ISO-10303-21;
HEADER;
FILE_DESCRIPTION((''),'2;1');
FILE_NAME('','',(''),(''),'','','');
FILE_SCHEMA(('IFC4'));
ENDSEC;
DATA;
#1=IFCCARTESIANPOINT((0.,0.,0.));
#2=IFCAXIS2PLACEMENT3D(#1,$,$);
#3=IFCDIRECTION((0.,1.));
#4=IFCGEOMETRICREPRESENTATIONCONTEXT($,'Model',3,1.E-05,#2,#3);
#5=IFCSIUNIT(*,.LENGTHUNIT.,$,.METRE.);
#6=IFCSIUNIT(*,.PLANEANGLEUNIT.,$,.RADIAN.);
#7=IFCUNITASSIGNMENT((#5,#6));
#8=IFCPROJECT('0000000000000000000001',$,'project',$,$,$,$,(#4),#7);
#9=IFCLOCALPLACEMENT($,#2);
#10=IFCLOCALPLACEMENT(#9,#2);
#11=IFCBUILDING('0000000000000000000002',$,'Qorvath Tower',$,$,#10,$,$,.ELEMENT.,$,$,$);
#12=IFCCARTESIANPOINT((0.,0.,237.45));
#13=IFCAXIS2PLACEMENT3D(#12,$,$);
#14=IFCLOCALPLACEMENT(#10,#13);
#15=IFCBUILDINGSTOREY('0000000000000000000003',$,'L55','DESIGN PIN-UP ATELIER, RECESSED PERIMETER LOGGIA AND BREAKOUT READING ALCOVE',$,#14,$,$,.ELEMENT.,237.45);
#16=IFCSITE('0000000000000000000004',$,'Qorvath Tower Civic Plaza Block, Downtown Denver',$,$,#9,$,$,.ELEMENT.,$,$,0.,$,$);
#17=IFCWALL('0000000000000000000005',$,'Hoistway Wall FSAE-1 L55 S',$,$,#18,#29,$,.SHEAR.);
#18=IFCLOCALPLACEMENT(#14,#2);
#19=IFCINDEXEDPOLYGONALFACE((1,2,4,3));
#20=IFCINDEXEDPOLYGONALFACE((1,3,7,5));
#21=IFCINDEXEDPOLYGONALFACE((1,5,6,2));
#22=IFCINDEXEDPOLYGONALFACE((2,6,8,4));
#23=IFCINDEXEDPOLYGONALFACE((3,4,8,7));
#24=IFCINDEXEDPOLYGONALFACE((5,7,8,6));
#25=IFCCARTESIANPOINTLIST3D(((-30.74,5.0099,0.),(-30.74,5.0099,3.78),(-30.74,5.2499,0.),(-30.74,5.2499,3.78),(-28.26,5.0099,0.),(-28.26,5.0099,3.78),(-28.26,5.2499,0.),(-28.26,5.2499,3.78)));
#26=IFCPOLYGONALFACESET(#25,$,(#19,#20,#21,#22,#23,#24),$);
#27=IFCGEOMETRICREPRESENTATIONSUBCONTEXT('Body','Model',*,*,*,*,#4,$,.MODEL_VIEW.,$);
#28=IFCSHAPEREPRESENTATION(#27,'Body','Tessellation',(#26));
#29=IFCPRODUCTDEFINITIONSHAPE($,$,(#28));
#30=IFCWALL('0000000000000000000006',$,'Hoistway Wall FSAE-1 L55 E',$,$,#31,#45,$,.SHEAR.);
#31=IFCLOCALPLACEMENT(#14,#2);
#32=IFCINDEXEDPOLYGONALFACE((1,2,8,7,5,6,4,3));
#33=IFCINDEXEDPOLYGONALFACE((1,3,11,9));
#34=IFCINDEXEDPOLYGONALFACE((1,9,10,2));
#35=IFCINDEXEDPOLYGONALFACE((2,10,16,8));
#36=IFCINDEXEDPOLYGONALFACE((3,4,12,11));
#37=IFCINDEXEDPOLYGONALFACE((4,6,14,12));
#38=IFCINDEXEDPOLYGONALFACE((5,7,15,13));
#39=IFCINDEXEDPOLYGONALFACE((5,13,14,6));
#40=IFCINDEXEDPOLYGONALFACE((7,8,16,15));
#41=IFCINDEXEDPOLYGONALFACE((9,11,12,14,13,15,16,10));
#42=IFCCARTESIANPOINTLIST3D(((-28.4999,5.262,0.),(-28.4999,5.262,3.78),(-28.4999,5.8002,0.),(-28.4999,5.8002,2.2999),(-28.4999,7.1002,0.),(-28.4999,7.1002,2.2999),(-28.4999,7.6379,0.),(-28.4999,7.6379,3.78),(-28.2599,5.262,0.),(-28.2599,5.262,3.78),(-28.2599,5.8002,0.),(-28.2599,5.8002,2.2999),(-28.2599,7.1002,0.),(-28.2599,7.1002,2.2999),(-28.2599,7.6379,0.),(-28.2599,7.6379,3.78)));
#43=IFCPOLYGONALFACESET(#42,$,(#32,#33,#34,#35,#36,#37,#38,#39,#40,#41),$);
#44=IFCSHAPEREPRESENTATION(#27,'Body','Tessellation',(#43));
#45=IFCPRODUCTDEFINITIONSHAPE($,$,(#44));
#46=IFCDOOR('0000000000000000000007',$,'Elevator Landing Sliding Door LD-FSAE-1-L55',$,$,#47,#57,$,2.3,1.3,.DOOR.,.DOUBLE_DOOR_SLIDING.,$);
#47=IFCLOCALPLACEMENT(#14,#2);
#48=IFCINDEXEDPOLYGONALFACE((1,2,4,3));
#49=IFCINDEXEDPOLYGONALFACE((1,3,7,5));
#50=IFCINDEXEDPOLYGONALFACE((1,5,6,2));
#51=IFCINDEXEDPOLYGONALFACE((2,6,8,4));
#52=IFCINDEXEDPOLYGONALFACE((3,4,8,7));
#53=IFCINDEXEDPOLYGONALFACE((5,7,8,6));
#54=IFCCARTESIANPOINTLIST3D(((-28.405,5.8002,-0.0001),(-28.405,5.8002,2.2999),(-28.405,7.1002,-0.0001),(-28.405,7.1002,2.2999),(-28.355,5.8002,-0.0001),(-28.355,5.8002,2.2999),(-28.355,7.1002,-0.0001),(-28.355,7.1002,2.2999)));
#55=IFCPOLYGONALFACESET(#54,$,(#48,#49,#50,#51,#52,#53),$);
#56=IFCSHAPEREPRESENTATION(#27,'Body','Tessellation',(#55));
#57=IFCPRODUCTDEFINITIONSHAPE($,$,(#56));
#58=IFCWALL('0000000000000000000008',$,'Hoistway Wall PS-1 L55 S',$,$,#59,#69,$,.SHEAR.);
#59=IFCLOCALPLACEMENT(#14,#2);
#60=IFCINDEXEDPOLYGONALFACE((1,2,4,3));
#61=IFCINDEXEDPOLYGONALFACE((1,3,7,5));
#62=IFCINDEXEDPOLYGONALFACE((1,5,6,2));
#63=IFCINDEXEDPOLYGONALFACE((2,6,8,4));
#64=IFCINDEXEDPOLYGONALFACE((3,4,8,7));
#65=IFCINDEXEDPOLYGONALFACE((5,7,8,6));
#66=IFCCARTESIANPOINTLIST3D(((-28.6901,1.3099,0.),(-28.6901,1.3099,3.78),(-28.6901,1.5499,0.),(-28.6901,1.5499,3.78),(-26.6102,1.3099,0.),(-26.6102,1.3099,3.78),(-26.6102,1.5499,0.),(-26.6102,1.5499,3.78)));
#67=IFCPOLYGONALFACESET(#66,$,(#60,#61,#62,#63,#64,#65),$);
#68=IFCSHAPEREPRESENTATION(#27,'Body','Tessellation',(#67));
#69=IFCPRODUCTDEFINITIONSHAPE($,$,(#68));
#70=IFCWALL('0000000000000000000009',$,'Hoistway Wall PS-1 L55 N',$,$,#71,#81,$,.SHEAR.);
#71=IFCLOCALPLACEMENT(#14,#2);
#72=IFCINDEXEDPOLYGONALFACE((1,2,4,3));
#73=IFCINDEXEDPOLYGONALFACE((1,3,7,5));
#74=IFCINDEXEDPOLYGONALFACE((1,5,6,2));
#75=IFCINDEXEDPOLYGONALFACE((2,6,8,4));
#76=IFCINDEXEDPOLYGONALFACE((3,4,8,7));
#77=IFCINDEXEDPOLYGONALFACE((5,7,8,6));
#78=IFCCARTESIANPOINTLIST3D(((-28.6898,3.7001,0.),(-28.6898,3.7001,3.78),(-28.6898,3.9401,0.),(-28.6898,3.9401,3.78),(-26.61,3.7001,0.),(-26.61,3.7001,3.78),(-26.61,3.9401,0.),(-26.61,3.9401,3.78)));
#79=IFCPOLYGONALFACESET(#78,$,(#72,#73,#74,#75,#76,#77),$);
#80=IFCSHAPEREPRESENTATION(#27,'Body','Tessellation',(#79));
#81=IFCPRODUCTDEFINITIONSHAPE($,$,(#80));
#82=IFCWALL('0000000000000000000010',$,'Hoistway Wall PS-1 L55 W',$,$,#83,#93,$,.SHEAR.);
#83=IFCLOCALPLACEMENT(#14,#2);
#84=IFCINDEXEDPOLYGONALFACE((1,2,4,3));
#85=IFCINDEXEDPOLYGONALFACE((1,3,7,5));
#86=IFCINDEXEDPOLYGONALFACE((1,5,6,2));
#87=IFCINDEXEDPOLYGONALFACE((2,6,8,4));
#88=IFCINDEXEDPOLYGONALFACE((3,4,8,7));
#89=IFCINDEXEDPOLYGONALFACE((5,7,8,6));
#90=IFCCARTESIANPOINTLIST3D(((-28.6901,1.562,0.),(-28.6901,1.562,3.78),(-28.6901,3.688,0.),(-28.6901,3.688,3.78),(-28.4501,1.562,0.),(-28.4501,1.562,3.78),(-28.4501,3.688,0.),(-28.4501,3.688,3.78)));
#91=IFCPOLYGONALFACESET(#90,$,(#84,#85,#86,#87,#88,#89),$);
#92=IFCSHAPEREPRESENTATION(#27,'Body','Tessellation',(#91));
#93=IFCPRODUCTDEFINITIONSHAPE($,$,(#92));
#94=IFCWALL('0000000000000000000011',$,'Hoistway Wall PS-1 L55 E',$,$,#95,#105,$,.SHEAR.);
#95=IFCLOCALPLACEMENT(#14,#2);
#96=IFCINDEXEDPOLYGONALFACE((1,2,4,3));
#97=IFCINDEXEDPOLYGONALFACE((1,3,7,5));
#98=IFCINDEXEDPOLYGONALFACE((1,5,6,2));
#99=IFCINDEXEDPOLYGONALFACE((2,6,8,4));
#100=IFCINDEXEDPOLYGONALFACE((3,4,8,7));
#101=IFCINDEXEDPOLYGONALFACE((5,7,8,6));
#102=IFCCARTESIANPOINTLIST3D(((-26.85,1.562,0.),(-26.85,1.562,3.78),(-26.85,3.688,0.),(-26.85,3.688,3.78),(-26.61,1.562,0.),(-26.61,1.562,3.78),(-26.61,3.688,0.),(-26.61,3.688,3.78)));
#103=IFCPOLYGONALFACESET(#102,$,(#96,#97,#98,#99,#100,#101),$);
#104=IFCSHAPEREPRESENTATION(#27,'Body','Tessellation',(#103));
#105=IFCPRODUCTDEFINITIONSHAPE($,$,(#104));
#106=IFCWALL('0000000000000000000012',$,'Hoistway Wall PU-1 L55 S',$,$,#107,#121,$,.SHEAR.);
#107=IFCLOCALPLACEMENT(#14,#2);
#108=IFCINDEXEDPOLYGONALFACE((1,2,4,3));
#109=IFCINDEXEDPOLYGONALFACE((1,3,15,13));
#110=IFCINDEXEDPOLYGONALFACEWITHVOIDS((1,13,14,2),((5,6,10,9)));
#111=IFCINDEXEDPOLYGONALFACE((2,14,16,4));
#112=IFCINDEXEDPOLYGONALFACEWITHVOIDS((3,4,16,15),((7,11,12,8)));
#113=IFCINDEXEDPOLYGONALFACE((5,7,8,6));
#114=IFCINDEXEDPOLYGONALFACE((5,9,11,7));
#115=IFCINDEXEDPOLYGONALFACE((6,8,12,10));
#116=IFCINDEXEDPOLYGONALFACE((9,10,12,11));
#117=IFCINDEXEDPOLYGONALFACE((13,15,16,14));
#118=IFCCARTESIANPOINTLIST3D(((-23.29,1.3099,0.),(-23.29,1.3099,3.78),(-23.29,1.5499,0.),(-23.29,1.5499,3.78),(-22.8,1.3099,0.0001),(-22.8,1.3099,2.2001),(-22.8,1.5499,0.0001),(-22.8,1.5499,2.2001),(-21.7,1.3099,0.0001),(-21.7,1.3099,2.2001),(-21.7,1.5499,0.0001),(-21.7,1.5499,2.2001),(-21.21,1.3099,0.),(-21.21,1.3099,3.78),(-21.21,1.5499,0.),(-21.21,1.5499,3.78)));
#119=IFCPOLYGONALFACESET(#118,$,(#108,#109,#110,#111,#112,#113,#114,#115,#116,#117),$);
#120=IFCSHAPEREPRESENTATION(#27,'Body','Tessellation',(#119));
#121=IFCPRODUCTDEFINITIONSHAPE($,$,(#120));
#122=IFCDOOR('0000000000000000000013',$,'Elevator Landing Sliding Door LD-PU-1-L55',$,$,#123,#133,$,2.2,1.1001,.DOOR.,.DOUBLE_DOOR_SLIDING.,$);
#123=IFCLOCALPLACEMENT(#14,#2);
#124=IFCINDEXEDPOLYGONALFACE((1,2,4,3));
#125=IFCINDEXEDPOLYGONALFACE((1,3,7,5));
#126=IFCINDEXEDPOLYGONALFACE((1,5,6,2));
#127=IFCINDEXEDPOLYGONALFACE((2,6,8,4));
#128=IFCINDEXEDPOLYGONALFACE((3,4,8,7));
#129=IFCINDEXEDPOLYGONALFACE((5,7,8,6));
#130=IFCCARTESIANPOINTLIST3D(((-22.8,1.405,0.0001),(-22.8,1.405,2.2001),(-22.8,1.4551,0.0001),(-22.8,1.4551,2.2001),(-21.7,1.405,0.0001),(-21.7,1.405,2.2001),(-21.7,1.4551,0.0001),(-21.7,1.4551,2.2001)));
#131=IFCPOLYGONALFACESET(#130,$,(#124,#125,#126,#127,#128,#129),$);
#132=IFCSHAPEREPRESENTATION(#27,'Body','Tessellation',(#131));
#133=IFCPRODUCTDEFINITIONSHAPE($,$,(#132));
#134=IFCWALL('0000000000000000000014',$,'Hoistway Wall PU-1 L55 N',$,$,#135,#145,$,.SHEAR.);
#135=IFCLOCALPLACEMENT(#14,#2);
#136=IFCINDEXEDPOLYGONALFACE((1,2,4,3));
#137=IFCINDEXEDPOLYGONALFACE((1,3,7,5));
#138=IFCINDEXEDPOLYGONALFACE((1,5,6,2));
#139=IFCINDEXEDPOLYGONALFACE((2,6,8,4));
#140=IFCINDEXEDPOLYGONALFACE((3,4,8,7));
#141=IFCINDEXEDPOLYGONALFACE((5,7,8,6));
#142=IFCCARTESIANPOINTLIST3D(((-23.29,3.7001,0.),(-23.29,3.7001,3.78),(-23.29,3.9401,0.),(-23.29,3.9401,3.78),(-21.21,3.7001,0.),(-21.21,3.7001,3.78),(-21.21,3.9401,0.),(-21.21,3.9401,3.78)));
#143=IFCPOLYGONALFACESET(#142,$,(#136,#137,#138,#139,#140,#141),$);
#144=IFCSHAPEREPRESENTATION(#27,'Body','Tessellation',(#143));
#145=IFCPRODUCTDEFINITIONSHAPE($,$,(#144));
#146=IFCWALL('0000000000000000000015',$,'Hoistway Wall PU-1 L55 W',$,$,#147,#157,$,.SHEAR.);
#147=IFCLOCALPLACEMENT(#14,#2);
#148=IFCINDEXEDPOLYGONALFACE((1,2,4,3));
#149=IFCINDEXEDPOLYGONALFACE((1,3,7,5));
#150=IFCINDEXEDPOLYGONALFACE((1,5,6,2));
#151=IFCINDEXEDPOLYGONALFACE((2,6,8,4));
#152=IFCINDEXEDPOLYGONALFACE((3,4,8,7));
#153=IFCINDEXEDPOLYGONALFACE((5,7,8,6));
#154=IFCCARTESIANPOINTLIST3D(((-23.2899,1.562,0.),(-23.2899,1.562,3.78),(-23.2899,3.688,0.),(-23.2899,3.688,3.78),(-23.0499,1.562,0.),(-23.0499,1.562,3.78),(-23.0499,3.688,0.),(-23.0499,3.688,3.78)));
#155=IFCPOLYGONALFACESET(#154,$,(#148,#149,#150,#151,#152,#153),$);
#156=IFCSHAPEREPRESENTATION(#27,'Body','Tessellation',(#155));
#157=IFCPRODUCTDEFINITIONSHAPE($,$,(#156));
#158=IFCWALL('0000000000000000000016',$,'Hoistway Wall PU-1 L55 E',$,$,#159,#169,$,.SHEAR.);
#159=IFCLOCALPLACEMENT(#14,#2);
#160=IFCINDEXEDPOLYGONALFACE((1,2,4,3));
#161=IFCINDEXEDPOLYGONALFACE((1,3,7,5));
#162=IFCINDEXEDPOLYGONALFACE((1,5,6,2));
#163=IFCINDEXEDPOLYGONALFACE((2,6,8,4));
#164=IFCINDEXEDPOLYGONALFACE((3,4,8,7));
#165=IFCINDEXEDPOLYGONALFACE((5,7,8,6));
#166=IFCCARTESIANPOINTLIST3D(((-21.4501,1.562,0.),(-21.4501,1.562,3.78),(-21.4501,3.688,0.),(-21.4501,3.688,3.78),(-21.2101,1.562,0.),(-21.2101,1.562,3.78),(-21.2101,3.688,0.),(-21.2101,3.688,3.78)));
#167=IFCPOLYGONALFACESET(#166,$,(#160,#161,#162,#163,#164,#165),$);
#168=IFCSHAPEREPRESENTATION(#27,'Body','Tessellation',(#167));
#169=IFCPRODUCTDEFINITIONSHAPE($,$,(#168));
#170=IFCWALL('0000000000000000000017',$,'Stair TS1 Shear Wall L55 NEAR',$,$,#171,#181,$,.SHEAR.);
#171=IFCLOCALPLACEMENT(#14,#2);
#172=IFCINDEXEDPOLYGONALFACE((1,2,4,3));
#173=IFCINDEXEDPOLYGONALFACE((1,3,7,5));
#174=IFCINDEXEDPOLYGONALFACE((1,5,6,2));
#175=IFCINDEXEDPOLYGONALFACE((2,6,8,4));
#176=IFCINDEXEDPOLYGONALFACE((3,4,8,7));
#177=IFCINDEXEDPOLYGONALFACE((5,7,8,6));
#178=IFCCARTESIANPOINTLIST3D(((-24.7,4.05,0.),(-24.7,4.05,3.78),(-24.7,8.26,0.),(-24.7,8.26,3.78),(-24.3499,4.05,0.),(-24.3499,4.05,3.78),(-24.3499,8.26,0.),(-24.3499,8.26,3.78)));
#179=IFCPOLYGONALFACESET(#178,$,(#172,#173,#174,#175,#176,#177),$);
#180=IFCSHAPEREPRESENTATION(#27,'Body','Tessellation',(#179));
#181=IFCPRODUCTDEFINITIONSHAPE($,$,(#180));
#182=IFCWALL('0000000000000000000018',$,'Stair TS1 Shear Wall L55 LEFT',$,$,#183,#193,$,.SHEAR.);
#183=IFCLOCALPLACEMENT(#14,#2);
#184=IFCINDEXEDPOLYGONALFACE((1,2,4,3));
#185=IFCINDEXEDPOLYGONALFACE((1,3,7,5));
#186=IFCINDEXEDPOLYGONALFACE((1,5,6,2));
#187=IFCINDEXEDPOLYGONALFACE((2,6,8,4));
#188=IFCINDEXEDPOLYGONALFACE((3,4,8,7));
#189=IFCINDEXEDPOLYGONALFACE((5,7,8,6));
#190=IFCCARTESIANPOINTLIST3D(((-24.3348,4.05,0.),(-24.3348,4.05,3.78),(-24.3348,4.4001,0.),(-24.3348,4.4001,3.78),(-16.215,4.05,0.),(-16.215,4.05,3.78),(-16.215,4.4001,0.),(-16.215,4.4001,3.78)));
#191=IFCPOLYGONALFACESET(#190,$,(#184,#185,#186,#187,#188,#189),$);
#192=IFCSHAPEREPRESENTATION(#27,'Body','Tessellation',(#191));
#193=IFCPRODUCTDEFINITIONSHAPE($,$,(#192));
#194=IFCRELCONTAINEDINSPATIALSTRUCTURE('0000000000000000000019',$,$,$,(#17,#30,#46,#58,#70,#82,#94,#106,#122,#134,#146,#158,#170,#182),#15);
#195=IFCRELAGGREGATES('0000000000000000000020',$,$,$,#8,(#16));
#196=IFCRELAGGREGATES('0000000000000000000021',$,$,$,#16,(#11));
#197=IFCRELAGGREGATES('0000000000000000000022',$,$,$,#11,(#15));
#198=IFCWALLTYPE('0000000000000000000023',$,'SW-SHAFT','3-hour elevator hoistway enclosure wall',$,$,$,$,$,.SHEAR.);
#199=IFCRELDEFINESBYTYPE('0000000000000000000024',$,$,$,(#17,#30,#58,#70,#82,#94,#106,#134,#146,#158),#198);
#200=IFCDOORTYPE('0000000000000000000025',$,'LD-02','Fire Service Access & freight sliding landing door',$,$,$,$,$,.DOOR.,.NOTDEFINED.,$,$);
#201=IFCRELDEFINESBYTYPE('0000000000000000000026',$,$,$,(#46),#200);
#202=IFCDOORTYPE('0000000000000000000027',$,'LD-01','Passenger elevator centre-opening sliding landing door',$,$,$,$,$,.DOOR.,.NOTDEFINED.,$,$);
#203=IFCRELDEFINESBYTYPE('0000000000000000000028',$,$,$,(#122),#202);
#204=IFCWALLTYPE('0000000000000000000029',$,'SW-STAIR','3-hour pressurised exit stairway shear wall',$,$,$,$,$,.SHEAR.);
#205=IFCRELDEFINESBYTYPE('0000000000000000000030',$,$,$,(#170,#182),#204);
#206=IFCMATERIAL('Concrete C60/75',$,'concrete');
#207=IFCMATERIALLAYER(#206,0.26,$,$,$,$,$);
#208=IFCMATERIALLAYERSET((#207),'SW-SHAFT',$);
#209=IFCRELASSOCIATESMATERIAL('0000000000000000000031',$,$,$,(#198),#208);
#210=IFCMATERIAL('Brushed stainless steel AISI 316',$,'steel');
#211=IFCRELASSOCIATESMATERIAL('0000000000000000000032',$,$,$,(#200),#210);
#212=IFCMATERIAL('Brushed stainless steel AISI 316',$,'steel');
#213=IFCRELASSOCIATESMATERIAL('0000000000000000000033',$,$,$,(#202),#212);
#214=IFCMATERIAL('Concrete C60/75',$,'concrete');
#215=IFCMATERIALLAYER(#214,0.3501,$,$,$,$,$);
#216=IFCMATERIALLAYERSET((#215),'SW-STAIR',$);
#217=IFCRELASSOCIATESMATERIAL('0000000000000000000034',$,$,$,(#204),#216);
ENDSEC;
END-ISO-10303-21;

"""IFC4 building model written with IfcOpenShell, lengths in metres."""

from ifc_helpers import new_model, si_unit, direction, frame, frame_2d, origin, place, context, subcontext, project, spatial, rectangle, extrude, material, layer, layer_set, type_object, element, fill, save


model = new_model("IFC4")

# Units and contexts
model_context = context("Model", 3, precision=1e-05, world=origin(), true_north=direction((0.0, 1.0)))
body_context = subcontext(model_context, "Body", "Model", "MODEL_VIEW")
ifc_project = project(units=[si_unit("LENGTHUNIT", "METRE"), si_unit("PLANEANGLEUNIT", "RADIAN")], contexts=[model_context])

# Site, building, storey
site_placement = place(None, origin())
site = spatial("IfcSite", under=ifc_project, at=site_placement, Name="Qorvath Tower Civic Plaza Block, Downtown Denver", CompositionType="ELEMENT", RefElevation=0.0)
building_placement = place(site_placement, origin())
building = spatial("IfcBuilding", under=site, at=building_placement, Name="Qorvath Tower", CompositionType="ELEMENT")
storey_placement = place(building_placement, frame((0.0, 0.0, 237.45)))
storey = spatial("IfcBuildingStorey", under=building, at=storey_placement, Name="L55", Description="DESIGN PIN-UP ATELIER, RECESSED PERIMETER LOGGIA AND BREAKOUT READING ALCOVE", CompositionType="ELEMENT", Elevation=237.45)

# Wall
ifc_material_1 = material(Name="Concrete C60/75", Category="concrete")
ifc_layer_1 = layer(ifc_material_1, 0.26)
ifc_layer_set_1 = layer_set([ifc_layer_1], Name="SW-SHAFT")
wall_type_1 = type_object("IfcWallType", Name="SW-SHAFT", Description="3-hour elevator hoistway enclosure wall", PredefinedType="SHEAR", material=ifc_layer_set_1)
wall_1_placement = place(storey_placement, frame((-28.26, 5.1299, 0.0), z_axis=(0.0, 0.0, 1.0), x_axis=(-1.0, 0.0, 0.0)))
element("IfcWall", 1, at=wall_1_placement, inside=storey, type_object=wall_type_1, Name="Hoistway Wall FSAE-1 L55 S", PredefinedType="SHEAR", context=body_context, shape_type="SweptSolid", body=[
    extrude(rectangle(XDim=2.48, YDim=0.24, at=frame_2d((1.24, 0.0))), origin(), (0.0, 0.0, 1.0), 3.78),
])

# Wall, opening, door
wall_2_placement = place(storey_placement, frame((-28.3799, 7.6379, 0.0), z_axis=(0.0, 0.0, 1.0), x_axis=(0.0, -1.0, 0.0)))
wall_2 = element("IfcWall", 2, at=wall_2_placement, inside=storey, type_object=wall_type_1, Name="Hoistway Wall FSAE-1 L55 E", PredefinedType="SHEAR", context=body_context, shape_type="SweptSolid", body=[
    extrude(rectangle(XDim=2.376, YDim=0.24, at=frame_2d((1.188, 0.0))), origin(), (0.0, 0.0, 1.0), 3.78),
])
opening_1_placement = place(wall_2_placement, frame((0.5378, 0.0, 0.0)))
opening_1 = element("IfcOpeningElement", 3, at=opening_1_placement, cuts=wall_2, PredefinedType="OPENING", context=body_context, shape_type="SweptSolid", body=[
    extrude(rectangle(XDim=1.3, YDim=2.3, at=frame_2d((0.6499, 1.1499))), frame((0.0, 0.1299, 0.0), z_axis=(0.0, -1.0, 0.0), x_axis=(1.0, 0.0, 0.0)), (0.0, 0.0, 1.0), 0.26),
])
ifc_material_2 = material(Name="Brushed stainless steel AISI 316", Category="steel")
door_type_1 = type_object("IfcDoorType", Name="LD-02", Description="Fire Service Access & freight sliding landing door", OperationType="NOTDEFINED", PredefinedType="DOOR", material=ifc_material_2)
door_1_placement = place(opening_1_placement, origin())
door_1 = element("IfcDoor", 4, at=door_1_placement, inside=storey, type_object=door_type_1, Name="Elevator Landing Sliding Door LD-FSAE-1-L55", OperationType="DOUBLE_DOOR_SLIDING", OverallHeight=2.3, OverallWidth=1.3, PredefinedType="DOOR", context=body_context, shape_type="SweptSolid", body=[
    extrude(rectangle(XDim=1.3, YDim=2.3, at=frame_2d((0.6499, 1.1499))), frame((0.0, 0.0249, 0.0), z_axis=(0.0, -1.0, 0.0), x_axis=(1.0, 0.0, 0.0)), (0.0, 0.0, 1.0), 0.05),
])
fill(opening_1, door_1)

# Walls
for number, where, z_axis, x_axis, name in (
    (5, (-26.6101, 1.4299, 0.0), (0.0, 0.0, 1.0), (-1.0, 0.0, 0.0), "Hoistway Wall PS-1 L55 S"),
    (6, (-28.6899, 3.8201, 0.0), (0.0, 0.0, 1.0), (1.0, 0.0, 0.0), "Hoistway Wall PS-1 L55 N"),
):
    element("IfcWall", number, at=place(storey_placement, frame(where, z_axis=z_axis, x_axis=x_axis)), inside=storey, type_object=wall_type_1, Name=name, PredefinedType="SHEAR", context=body_context, shape_type="SweptSolid", body=[
        extrude(rectangle(XDim=2.0798, YDim=0.24, at=frame_2d((1.04, 0.0))), origin(), (0.0, 0.0, 1.0), 3.78),
    ])
for number, where, z_axis, x_axis, name in (
    (7, (-28.5701, 1.562, 0.0), (0.0, 0.0, 1.0), (0.0, 1.0, 0.0), "Hoistway Wall PS-1 L55 W"),
    (8, (-26.73, 3.688, 0.0), (0.0, 0.0, 1.0), (0.0, -1.0, 0.0), "Hoistway Wall PS-1 L55 E"),
):
    element("IfcWall", number, at=place(storey_placement, frame(where, z_axis=z_axis, x_axis=x_axis)), inside=storey, type_object=wall_type_1, Name=name, PredefinedType="SHEAR", context=body_context, shape_type="SweptSolid", body=[
        extrude(rectangle(XDim=2.126, YDim=0.24, at=frame_2d((1.063, 0.0))), origin(), (0.0, 0.0, 1.0), 3.78),
    ])

# Wall, opening, door
wall_3_placement = place(storey_placement, frame((-21.21, 1.4299, 0.0), z_axis=(0.0, 0.0, 1.0), x_axis=(-1.0, 0.0, 0.0)))
wall_3 = element("IfcWall", 9, at=wall_3_placement, inside=storey, type_object=wall_type_1, Name="Hoistway Wall PU-1 L55 S", PredefinedType="SHEAR", context=body_context, shape_type="SweptSolid", body=[
    extrude(rectangle(XDim=2.0801, YDim=0.24, at=frame_2d((1.04, 0.0))), origin(), (0.0, 0.0, 1.0), 3.78),
])
opening_2_placement = place(wall_3_placement, frame((0.49, 0.0, 0.0)))
opening_2 = element("IfcOpeningElement", 10, at=opening_2_placement, cuts=wall_3, PredefinedType="OPENING", context=body_context, shape_type="SweptSolid", body=[
    extrude(rectangle(XDim=1.1001, YDim=2.2, at=frame_2d((0.55, 1.1001))), frame((0.0, 0.1299, 0.0), z_axis=(0.0, -1.0, 0.0), x_axis=(1.0, 0.0, 0.0)), (0.0, 0.0, 1.0), 0.26),
])
ifc_material_3 = material(Name="Brushed stainless steel AISI 316", Category="steel")
door_type_2 = type_object("IfcDoorType", Name="LD-01", Description="Passenger elevator centre-opening sliding landing door", OperationType="NOTDEFINED", PredefinedType="DOOR", material=ifc_material_3)
door_2_placement = place(opening_2_placement, origin())
door_2 = element("IfcDoor", 11, at=door_2_placement, inside=storey, type_object=door_type_2, Name="Elevator Landing Sliding Door LD-PU-1-L55", OperationType="DOUBLE_DOOR_SLIDING", OverallHeight=2.2, OverallWidth=1.1001, PredefinedType="DOOR", context=body_context, shape_type="SweptSolid", body=[
    extrude(rectangle(XDim=1.1001, YDim=2.2, at=frame_2d((0.55, 1.1001))), frame((0.0, 0.0249, 0.0), z_axis=(0.0, -1.0, 0.0), x_axis=(1.0, 0.0, 0.0)), (0.0, 0.0, 1.0), 0.05),
])
fill(opening_2, door_2)

# Walls
wall_4_placement = place(storey_placement, frame((-23.29, 3.8201, 0.0), z_axis=(0.0, 0.0, 1.0), x_axis=(1.0, 0.0, 0.0)))
element("IfcWall", 12, at=wall_4_placement, inside=storey, type_object=wall_type_1, Name="Hoistway Wall PU-1 L55 N", PredefinedType="SHEAR", context=body_context, shape_type="SweptSolid", body=[
    extrude(rectangle(XDim=2.0801, YDim=0.24, at=frame_2d((1.04, 0.0))), origin(), (0.0, 0.0, 1.0), 3.78),
])
for number, where, z_axis, x_axis, name in (
    (13, (-23.1699, 1.562, 0.0), (0.0, 0.0, 1.0), (0.0, 1.0, 0.0), "Hoistway Wall PU-1 L55 W"),
    (14, (-21.3301, 3.688, 0.0), (0.0, 0.0, 1.0), (0.0, -1.0, 0.0), "Hoistway Wall PU-1 L55 E"),
):
    element("IfcWall", number, at=place(storey_placement, frame(where, z_axis=z_axis, x_axis=x_axis)), inside=storey, type_object=wall_type_1, Name=name, PredefinedType="SHEAR", context=body_context, shape_type="SweptSolid", body=[
        extrude(rectangle(XDim=2.126, YDim=0.24, at=frame_2d((1.063, 0.0))), origin(), (0.0, 0.0, 1.0), 3.78),
    ])
ifc_material_4 = material(Name="Concrete C60/75", Category="concrete")
ifc_layer_2 = layer(ifc_material_4, 0.3501)
ifc_layer_set_2 = layer_set([ifc_layer_2], Name="SW-STAIR")
wall_type_2 = type_object("IfcWallType", Name="SW-STAIR", Description="3-hour pressurised exit stairway shear wall", PredefinedType="SHEAR", material=ifc_layer_set_2)
wall_5_placement = place(storey_placement, frame((-24.5249, 8.26, 0.0), z_axis=(0.0, 0.0, 1.0), x_axis=(0.0, -1.0, 0.0)))
element("IfcWall", 15, at=wall_5_placement, inside=storey, type_object=wall_type_2, Name="Stair TS1 Shear Wall L55 NEAR", PredefinedType="SHEAR", context=body_context, shape_type="SweptSolid", body=[
    extrude(rectangle(XDim=4.21, YDim=0.3501, at=frame_2d((2.105, 0.0))), origin(), (0.0, 0.0, 1.0), 3.78),
])
wall_6_placement = place(storey_placement, frame((-24.335, 4.2251, 0.0), z_axis=(0.0, 0.0, 1.0), x_axis=(1.0, 0.0, 0.0)))
element("IfcWall", 16, at=wall_6_placement, inside=storey, type_object=wall_type_2, Name="Stair TS1 Shear Wall L55 LEFT", PredefinedType="SHEAR", context=body_context, shape_type="SweptSolid", body=[
    extrude(rectangle(XDim=8.1199, YDim=0.3501, at=frame_2d((4.0601, 0.0))), origin(), (0.0, 0.0, 1.0), 3.78),
])

save(model, "model.ifc")
